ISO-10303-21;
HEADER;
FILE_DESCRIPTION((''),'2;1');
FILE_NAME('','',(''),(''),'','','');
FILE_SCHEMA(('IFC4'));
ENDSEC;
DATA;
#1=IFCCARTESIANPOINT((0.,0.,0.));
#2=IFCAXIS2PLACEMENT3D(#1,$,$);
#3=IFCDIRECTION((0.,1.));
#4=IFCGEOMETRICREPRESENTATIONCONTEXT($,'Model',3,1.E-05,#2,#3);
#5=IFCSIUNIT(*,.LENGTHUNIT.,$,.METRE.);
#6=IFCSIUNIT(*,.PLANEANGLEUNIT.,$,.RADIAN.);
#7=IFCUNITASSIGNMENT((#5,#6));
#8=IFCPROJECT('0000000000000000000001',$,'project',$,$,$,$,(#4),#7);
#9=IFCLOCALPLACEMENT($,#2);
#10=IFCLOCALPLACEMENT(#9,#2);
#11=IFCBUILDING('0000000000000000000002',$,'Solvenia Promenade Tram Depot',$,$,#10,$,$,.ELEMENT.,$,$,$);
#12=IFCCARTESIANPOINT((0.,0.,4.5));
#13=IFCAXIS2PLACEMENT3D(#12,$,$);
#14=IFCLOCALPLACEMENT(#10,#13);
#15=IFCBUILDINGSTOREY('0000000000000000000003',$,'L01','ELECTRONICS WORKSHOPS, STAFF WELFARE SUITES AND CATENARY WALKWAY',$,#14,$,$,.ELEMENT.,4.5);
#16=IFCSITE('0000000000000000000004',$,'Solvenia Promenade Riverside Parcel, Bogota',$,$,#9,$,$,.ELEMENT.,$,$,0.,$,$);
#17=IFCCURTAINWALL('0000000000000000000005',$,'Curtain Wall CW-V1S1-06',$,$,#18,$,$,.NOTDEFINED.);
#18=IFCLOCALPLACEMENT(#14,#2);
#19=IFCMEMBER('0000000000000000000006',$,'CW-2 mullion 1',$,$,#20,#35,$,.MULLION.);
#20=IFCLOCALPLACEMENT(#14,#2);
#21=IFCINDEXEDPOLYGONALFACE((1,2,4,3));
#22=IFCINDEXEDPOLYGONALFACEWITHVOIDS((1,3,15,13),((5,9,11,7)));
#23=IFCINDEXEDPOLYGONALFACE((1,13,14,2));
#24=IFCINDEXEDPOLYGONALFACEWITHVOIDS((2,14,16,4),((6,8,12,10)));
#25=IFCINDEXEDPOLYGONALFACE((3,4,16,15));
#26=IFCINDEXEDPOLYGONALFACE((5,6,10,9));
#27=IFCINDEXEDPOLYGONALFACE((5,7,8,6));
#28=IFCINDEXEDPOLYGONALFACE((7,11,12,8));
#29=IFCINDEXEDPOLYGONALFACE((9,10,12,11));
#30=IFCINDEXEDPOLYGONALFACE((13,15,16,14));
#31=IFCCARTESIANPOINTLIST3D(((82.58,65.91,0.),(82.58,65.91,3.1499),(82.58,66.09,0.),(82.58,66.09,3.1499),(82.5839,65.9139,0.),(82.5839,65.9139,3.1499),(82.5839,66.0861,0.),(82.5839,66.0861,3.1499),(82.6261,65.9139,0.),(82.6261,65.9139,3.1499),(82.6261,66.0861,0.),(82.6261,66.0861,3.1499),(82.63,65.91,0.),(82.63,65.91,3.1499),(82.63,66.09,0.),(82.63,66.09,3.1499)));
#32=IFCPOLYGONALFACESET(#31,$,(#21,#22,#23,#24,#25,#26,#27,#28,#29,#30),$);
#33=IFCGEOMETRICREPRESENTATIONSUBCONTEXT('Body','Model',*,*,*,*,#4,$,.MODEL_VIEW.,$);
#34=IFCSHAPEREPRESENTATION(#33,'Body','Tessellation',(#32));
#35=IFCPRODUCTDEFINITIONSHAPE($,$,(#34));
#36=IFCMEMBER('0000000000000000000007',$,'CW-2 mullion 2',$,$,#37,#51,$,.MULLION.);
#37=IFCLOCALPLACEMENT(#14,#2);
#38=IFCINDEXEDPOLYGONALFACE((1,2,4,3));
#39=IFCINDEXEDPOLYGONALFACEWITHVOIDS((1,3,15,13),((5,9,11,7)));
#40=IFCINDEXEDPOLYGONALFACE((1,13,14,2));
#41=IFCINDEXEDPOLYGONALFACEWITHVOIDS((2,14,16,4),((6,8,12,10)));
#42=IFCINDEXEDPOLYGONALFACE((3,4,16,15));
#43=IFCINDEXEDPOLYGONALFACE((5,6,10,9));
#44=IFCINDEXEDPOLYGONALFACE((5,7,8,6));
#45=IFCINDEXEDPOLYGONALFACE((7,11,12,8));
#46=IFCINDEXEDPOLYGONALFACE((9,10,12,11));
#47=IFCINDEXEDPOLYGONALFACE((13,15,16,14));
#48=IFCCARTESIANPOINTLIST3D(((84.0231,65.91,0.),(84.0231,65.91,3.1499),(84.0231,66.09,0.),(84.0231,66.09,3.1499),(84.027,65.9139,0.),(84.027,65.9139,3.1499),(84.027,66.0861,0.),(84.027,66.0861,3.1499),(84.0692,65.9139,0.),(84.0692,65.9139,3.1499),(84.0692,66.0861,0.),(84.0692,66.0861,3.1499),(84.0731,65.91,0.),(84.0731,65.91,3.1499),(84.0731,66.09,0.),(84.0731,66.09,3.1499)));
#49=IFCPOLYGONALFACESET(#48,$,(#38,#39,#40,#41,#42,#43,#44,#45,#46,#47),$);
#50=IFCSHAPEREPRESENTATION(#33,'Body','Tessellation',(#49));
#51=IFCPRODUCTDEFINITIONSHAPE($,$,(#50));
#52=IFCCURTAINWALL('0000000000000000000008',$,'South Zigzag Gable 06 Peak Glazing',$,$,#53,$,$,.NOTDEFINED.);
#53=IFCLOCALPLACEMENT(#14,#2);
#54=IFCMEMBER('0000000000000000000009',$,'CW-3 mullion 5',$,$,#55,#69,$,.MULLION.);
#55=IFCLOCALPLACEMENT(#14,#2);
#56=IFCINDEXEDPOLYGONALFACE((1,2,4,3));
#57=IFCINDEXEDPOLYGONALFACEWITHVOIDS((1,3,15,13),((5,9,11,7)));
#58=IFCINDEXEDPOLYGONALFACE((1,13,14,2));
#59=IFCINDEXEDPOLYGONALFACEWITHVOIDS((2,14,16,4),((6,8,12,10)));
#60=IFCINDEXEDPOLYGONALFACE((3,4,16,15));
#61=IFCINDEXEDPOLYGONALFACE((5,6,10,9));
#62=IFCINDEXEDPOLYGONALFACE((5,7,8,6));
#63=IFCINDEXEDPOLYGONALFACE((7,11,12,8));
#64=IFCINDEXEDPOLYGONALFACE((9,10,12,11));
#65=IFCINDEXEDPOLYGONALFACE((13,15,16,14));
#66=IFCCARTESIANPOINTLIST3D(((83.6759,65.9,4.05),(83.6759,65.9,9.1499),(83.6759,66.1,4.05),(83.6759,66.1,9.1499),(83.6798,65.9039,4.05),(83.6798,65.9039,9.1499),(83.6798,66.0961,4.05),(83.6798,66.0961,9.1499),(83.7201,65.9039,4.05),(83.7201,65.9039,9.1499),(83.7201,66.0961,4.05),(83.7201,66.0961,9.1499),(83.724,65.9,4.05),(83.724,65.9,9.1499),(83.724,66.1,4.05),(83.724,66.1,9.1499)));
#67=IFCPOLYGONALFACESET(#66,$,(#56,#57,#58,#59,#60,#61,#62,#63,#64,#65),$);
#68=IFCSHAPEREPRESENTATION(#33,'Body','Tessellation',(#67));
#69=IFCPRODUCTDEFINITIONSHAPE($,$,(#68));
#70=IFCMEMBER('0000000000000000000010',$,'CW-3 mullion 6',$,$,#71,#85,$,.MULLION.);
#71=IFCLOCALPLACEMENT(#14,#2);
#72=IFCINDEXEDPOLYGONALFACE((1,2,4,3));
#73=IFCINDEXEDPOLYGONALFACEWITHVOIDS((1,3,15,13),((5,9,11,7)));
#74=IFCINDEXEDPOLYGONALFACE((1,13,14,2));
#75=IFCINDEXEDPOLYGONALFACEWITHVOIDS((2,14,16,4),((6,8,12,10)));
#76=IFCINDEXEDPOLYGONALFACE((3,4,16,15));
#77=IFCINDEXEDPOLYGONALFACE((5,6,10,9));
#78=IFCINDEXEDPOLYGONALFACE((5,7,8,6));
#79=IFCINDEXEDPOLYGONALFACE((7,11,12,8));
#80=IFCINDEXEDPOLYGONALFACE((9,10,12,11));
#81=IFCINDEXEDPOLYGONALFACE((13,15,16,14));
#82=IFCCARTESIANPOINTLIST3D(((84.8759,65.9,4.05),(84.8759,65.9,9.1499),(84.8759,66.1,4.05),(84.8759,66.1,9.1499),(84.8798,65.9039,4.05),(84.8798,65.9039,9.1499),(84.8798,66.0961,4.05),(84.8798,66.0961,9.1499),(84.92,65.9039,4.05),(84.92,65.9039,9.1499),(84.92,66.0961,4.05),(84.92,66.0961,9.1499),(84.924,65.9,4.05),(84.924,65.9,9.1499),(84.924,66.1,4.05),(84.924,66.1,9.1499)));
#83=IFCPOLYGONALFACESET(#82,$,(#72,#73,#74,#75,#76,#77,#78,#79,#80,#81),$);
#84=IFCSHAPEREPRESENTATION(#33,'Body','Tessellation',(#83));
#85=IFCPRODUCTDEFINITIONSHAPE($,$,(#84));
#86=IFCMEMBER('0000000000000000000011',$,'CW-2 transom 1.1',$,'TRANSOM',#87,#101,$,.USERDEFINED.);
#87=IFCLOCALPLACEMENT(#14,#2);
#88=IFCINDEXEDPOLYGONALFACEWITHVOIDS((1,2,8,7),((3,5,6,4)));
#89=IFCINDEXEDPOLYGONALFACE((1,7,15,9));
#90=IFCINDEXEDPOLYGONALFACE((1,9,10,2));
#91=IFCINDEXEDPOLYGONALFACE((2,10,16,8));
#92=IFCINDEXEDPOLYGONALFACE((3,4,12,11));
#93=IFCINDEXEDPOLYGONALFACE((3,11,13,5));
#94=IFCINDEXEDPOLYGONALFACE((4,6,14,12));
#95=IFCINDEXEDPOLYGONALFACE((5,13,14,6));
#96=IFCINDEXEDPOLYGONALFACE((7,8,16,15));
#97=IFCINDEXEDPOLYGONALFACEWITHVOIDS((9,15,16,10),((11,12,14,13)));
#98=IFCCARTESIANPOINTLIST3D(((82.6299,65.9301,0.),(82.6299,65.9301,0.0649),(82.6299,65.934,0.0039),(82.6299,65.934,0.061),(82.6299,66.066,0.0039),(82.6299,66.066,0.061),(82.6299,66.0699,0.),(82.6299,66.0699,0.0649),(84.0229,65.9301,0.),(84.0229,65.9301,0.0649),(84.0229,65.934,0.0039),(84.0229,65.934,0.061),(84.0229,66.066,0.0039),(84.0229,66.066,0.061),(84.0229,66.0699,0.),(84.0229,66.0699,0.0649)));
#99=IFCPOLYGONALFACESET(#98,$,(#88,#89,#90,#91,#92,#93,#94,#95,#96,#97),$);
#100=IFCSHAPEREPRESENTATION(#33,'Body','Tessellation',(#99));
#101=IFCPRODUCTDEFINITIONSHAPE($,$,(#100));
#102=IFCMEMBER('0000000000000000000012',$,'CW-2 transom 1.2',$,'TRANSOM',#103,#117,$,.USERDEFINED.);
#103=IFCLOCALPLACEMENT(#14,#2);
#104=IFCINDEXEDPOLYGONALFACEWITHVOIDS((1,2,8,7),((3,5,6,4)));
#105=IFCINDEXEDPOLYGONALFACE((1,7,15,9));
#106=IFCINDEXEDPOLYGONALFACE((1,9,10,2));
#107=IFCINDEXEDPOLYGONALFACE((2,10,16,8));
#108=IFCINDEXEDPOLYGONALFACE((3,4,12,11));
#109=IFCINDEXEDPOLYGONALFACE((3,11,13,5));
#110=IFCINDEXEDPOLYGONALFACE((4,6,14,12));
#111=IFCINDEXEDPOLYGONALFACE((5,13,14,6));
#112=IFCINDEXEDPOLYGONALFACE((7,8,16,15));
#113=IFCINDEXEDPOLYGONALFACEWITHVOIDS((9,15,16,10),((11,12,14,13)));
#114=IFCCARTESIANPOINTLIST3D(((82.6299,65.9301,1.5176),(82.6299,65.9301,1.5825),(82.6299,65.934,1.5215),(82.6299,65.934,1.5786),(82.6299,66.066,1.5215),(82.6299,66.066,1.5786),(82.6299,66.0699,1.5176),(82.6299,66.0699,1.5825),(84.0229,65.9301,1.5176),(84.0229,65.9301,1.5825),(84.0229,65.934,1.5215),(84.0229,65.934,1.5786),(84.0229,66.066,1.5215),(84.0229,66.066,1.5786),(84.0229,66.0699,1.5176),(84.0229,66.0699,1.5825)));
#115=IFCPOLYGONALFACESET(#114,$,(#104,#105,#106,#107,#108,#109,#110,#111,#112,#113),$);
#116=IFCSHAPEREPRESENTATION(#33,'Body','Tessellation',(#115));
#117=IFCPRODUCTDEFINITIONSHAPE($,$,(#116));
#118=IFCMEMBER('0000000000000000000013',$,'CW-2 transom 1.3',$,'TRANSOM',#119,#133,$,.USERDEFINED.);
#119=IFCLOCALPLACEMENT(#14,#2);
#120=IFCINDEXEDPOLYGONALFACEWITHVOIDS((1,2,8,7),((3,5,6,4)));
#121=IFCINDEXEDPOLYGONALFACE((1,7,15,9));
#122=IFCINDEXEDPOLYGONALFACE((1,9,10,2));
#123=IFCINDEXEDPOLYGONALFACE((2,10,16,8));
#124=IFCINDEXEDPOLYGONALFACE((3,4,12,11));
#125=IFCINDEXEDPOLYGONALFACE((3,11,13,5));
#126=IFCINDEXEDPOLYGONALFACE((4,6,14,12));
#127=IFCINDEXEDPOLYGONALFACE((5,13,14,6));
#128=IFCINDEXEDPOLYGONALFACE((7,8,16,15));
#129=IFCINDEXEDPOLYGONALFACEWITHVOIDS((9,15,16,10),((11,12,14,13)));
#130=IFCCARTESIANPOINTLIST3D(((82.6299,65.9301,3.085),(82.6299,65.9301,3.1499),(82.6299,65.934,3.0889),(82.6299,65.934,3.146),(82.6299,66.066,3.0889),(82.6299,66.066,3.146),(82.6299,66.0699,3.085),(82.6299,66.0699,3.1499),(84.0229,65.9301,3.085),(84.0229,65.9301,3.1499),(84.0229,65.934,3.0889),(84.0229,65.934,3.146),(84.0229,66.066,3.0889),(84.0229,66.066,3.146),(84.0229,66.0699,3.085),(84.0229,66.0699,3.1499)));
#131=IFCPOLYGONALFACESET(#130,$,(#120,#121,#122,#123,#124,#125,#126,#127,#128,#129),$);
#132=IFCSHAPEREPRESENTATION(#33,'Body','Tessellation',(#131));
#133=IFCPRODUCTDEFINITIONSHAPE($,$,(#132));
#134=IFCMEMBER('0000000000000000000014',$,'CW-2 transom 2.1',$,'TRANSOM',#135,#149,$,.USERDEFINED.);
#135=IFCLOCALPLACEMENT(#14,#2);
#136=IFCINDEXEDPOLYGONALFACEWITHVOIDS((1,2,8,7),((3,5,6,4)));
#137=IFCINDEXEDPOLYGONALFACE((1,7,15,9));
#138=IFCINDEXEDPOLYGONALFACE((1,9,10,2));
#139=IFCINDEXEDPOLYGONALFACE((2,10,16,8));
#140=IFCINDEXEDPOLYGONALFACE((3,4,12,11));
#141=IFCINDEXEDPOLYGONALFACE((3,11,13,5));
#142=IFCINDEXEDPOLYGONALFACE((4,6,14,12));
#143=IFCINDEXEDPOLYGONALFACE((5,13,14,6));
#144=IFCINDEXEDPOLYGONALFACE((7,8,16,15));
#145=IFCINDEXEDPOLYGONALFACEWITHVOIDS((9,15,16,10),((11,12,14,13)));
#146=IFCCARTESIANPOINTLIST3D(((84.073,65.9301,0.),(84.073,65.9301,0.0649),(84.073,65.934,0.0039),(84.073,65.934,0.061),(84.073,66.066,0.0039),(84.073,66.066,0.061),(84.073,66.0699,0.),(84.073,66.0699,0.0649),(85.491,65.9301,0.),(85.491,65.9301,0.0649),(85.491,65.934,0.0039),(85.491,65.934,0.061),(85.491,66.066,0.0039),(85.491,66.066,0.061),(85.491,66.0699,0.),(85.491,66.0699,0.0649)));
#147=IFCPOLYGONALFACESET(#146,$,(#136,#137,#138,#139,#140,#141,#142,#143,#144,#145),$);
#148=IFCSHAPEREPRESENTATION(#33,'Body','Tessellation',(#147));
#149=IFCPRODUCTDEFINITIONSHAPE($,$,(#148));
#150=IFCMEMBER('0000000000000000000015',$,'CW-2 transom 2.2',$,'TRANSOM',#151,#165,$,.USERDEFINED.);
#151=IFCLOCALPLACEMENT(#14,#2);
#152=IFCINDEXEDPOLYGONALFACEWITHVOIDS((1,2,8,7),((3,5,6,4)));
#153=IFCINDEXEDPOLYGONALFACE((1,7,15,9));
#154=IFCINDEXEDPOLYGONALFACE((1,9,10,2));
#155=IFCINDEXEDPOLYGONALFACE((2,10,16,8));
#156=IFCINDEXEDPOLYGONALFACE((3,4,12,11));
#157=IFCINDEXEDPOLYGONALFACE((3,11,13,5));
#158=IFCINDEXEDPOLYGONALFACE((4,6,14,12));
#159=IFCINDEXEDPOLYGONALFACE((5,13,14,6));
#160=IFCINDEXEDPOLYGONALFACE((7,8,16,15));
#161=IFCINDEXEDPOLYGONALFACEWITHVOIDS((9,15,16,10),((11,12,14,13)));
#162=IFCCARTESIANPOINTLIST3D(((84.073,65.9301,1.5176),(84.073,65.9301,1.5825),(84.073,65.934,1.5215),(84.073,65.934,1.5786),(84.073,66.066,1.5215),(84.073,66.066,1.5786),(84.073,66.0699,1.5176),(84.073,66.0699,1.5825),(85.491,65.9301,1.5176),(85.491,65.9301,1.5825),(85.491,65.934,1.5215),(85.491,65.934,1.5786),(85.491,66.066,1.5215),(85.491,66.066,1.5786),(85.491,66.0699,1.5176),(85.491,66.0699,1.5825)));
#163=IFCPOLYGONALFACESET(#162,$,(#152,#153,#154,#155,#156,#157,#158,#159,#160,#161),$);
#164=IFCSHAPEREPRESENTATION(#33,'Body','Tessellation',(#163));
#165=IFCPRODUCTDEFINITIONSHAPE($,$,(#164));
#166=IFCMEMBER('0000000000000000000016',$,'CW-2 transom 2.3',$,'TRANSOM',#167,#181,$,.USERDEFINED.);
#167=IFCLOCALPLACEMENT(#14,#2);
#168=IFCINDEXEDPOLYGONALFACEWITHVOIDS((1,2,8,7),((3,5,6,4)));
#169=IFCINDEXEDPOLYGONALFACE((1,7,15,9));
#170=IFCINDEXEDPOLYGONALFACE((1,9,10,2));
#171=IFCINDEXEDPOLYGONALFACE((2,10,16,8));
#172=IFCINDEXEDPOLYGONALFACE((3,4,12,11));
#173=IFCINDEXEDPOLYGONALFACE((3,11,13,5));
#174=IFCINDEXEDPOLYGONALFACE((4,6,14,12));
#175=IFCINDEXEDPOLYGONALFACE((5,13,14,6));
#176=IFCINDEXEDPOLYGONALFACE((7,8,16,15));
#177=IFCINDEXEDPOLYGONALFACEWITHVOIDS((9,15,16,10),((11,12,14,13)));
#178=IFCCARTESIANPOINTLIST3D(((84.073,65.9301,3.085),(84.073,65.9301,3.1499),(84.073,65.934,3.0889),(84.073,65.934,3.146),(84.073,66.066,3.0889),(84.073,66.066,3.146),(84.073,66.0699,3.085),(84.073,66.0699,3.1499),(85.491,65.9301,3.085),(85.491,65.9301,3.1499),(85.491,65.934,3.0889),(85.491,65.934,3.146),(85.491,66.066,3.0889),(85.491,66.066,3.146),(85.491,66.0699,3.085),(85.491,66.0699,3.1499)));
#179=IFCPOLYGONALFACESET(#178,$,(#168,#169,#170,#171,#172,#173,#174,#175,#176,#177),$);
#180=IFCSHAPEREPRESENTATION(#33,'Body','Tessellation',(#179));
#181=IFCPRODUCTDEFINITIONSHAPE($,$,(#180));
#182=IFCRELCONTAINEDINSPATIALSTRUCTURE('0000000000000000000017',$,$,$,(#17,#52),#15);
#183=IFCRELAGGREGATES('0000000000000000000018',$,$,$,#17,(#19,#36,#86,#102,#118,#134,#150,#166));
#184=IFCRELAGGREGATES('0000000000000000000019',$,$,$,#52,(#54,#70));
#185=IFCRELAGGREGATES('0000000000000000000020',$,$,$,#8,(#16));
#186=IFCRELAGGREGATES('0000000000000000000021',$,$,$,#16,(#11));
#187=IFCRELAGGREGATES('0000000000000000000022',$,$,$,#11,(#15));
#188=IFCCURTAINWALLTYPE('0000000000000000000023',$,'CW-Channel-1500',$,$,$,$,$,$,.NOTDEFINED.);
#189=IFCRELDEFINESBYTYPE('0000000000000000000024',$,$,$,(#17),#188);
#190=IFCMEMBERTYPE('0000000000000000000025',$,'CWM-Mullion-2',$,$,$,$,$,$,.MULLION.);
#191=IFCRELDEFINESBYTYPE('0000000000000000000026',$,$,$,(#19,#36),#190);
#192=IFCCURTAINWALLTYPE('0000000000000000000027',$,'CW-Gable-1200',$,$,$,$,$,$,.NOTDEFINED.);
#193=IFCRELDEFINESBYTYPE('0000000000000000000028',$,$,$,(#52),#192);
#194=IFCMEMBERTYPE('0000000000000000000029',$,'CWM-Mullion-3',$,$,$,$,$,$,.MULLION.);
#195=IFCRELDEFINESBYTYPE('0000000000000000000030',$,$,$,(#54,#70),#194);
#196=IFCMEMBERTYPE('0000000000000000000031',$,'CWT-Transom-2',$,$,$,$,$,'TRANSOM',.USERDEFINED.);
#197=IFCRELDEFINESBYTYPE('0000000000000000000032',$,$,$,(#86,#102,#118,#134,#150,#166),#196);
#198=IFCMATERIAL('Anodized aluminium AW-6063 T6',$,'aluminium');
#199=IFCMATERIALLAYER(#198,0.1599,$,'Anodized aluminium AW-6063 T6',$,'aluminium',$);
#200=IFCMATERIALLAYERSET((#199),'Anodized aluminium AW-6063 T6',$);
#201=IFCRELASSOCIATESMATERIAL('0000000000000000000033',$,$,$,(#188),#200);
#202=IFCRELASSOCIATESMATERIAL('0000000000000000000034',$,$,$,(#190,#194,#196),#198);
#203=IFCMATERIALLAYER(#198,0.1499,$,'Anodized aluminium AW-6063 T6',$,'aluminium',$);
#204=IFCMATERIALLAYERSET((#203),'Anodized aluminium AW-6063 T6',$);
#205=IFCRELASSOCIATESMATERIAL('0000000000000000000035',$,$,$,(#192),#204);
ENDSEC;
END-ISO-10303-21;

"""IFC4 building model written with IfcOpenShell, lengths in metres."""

from ifc_helpers import new_model, si_unit, direction, frame, origin, origin_2d, place, context, subcontext, project, spatial, hollow_rectangle, extrude, material, layer, layer_set, material_profile, profile_set, type_object, element, aggregate, save


model = new_model("IFC4")

# Units and contexts
model_context = context("Model", 3, precision=1e-05, world=origin(), true_north=direction((0.0, 1.0)))
body_context = subcontext(model_context, "Body", "Model", "MODEL_VIEW")
ifc_project = project(units=[si_unit("LENGTHUNIT", "METRE"), si_unit("PLANEANGLEUNIT", "RADIAN")], contexts=[model_context])

# Site, building, storey
site_placement = place(None, origin())
site = spatial("IfcSite", under=ifc_project, at=site_placement, Name="Solvenia Promenade Riverside Parcel, Bogota", CompositionType="ELEMENT", RefElevation=0.0)
building_placement = place(site_placement, origin())
building = spatial("IfcBuilding", under=site, at=building_placement, Name="Solvenia Promenade Tram Depot", CompositionType="ELEMENT")
storey_placement = place(building_placement, frame((0.0, 0.0, 4.5)))
storey = spatial("IfcBuildingStorey", under=building, at=storey_placement, Name="L01", Description="ELECTRONICS WORKSHOPS, STAFF WELFARE SUITES AND CATENARY WALKWAY", CompositionType="ELEMENT", Elevation=4.5)

# Curtain walls, members
ifc_material_1 = material(Name="Anodized aluminium AW-6063 T6", Category="aluminium")
ifc_layer_1 = layer(ifc_material_1, 0.1599, Name="Anodized aluminium AW-6063 T6", Category="aluminium")
ifc_layer_set_1 = layer_set([ifc_layer_1], Name="Anodized aluminium AW-6063 T6")
curtain_wall_type_1 = type_object("IfcCurtainWallType", Name="CW-Channel-1500", PredefinedType="NOTDEFINED", material=ifc_layer_set_1)
curtain_wall_1_placement = place(storey_placement, origin())
curtain_wall_1 = element("IfcCurtainWall", 1, at=curtain_wall_1_placement, inside=storey, type_object=curtain_wall_type_1, Name="Curtain Wall CW-V1S1-06", PredefinedType="NOTDEFINED")
ifc_material_profile_1 = material_profile(ifc_material_1, hollow_rectangle(XDim=0.1799, YDim=0.05, WallThickness=0.0039, at=origin_2d()), Name="ALU-M2", Category="aluminium")
ifc_profile_set_1 = profile_set([ifc_material_profile_1], Name="Anodized aluminium AW-6063 T6")
member_type_1 = type_object("IfcMemberType", Name="CWM-Mullion-2", PredefinedType="MULLION", material=ifc_profile_set_1)
member_1_placement = place(storey_placement, frame((82.605, 66.0, 0.0), z_axis=(0.0, 0.0, 1.0), x_axis=(0.0, 1.0, 0.0)))
member_1 = element("IfcMember", 2, at=member_1_placement, type_object=member_type_1, Name="CW-2 mullion 1", PredefinedType="MULLION", context=body_context, shape_type="SweptSolid", body=[
    extrude(hollow_rectangle(XDim=0.1799, YDim=0.05, WallThickness=0.0039, at=origin_2d()), origin(), (0.0, 0.0, 1.0), 3.1499),
])
member_2_placement = place(storey_placement, frame((84.0481, 66.0, 0.0), z_axis=(0.0, 0.0, 1.0), x_axis=(0.0, 1.0, 0.0)))
member_2 = element("IfcMember", 3, at=member_2_placement, type_object=member_type_1, Name="CW-2 mullion 2", PredefinedType="MULLION", context=body_context, shape_type="SweptSolid", body=[
    extrude(hollow_rectangle(XDim=0.1799, YDim=0.05, WallThickness=0.0039, at=origin_2d()), origin(), (0.0, 0.0, 1.0), 3.1499),
])
ifc_layer_2 = layer(ifc_material_1, 0.1499, Name="Anodized aluminium AW-6063 T6", Category="aluminium")
ifc_layer_set_2 = layer_set([ifc_layer_2], Name="Anodized aluminium AW-6063 T6")
curtain_wall_type_2 = type_object("IfcCurtainWallType", Name="CW-Gable-1200", PredefinedType="NOTDEFINED", material=ifc_layer_set_2)
curtain_wall_2_placement = place(storey_placement, origin())
curtain_wall_2 = element("IfcCurtainWall", 4, at=curtain_wall_2_placement, inside=storey, type_object=curtain_wall_type_2, Name="South Zigzag Gable 06 Peak Glazing", PredefinedType="NOTDEFINED")
ifc_material_profile_2 = material_profile(ifc_material_1, hollow_rectangle(XDim=0.2, YDim=0.0481, WallThickness=0.0039, at=origin_2d()), Name="ALU-M3", Category="aluminium")
ifc_profile_set_2 = profile_set([ifc_material_profile_2], Name="Anodized aluminium AW-6063 T6")
member_type_2 = type_object("IfcMemberType", Name="CWM-Mullion-3", PredefinedType="MULLION", material=ifc_profile_set_2)
member_3_placement = place(storey_placement, frame((83.7, 66.0, 4.05), z_axis=(0.0, 0.0, 1.0), x_axis=(0.0, 1.0, 0.0)))
member_3 = element("IfcMember", 5, at=member_3_placement, type_object=member_type_2, Name="CW-3 mullion 5", PredefinedType="MULLION", context=body_context, shape_type="SweptSolid", body=[
    extrude(hollow_rectangle(XDim=0.2, YDim=0.0481, WallThickness=0.0039, at=origin_2d()), origin(), (0.0, 0.0, 1.0), 5.0999),
])
member_4_placement = place(storey_placement, frame((84.8999, 66.0, 4.05), z_axis=(0.0, 0.0, 1.0), x_axis=(0.0, 1.0, 0.0)))
member_4 = element("IfcMember", 6, at=member_4_placement, type_object=member_type_2, Name="CW-3 mullion 6", PredefinedType="MULLION", context=body_context, shape_type="SweptSolid", body=[
    extrude(hollow_rectangle(XDim=0.2, YDim=0.0481, WallThickness=0.0039, at=origin_2d()), origin(), (0.0, 0.0, 1.0), 5.0999),
])

# Members
ifc_material_profile_3 = material_profile(ifc_material_1, hollow_rectangle(XDim=0.1399, YDim=0.0649, WallThickness=0.0039, at=origin_2d()), Name="ALU-T2", Category="aluminium")
ifc_profile_set_3 = profile_set([ifc_material_profile_3], Name="Anodized aluminium AW-6063 T6")
member_type_3 = type_object("IfcMemberType", Name="CWT-Transom-2", ElementType="TRANSOM", PredefinedType="USERDEFINED", material=ifc_profile_set_3)
member_5_placement = place(storey_placement, frame((82.6299, 66.0, 0.0325), z_axis=(1.0, 0.0, 0.0), x_axis=(0.0, 1.0, 0.0)))
member_5 = element("IfcMember", 7, at=member_5_placement, type_object=member_type_3, Name="CW-2 transom 1.1", ObjectType="TRANSOM", PredefinedType="USERDEFINED", context=body_context, shape_type="SweptSolid", body=[
    extrude(hollow_rectangle(XDim=0.1399, YDim=0.0649, WallThickness=0.0039, at=origin_2d()), origin(), (0.0, 0.0, 1.0), 1.3931),
])
member_6_placement = place(storey_placement, frame((82.6299, 66.0, 1.55), z_axis=(1.0, 0.0, 0.0), x_axis=(0.0, 1.0, 0.0)))
member_6 = element("IfcMember", 8, at=member_6_placement, type_object=member_type_3, Name="CW-2 transom 1.2", ObjectType="TRANSOM", PredefinedType="USERDEFINED", context=body_context, shape_type="SweptSolid", body=[
    extrude(hollow_rectangle(XDim=0.1399, YDim=0.0649, WallThickness=0.0039, at=origin_2d()), origin(), (0.0, 0.0, 1.0), 1.3931),
])
member_7_placement = place(storey_placement, frame((82.6299, 66.0, 3.1174), z_axis=(1.0, 0.0, 0.0), x_axis=(0.0, 1.0, 0.0)))
member_7 = element("IfcMember", 9, at=member_7_placement, type_object=member_type_3, Name="CW-2 transom 1.3", ObjectType="TRANSOM", PredefinedType="USERDEFINED", context=body_context, shape_type="SweptSolid", body=[
    extrude(hollow_rectangle(XDim=0.1399, YDim=0.0649, WallThickness=0.0039, at=origin_2d()), origin(), (0.0, 0.0, 1.0), 1.3931),
])
member_8_placement = place(storey_placement, frame((84.073, 66.0, 0.0325), z_axis=(1.0, 0.0, 0.0), x_axis=(0.0, 1.0, 0.0)))
member_8 = element("IfcMember", 10, at=member_8_placement, type_object=member_type_3, Name="CW-2 transom 2.1", ObjectType="TRANSOM", PredefinedType="USERDEFINED", context=body_context, shape_type="SweptSolid", body=[
    extrude(hollow_rectangle(XDim=0.1399, YDim=0.0649, WallThickness=0.0039, at=origin_2d()), origin(), (0.0, 0.0, 1.0), 1.418),
])
member_9_placement = place(storey_placement, frame((84.073, 66.0, 1.55), z_axis=(1.0, 0.0, 0.0), x_axis=(0.0, 1.0, 0.0)))
member_9 = element("IfcMember", 11, at=member_9_placement, type_object=member_type_3, Name="CW-2 transom 2.2", ObjectType="TRANSOM", PredefinedType="USERDEFINED", context=body_context, shape_type="SweptSolid", body=[
    extrude(hollow_rectangle(XDim=0.1399, YDim=0.0649, WallThickness=0.0039, at=origin_2d()), origin(), (0.0, 0.0, 1.0), 1.418),
])
member_10_placement = place(storey_placement, frame((84.073, 66.0, 3.1174), z_axis=(1.0, 0.0, 0.0), x_axis=(0.0, 1.0, 0.0)))
member_10 = element("IfcMember", 12, at=member_10_placement, type_object=member_type_3, Name="CW-2 transom 2.3", ObjectType="TRANSOM", PredefinedType="USERDEFINED", context=body_context, shape_type="SweptSolid", body=[
    extrude(hollow_rectangle(XDim=0.1399, YDim=0.0649, WallThickness=0.0039, at=origin_2d()), origin(), (0.0, 0.0, 1.0), 1.418),
])

aggregate(curtain_wall_1, [member_1, member_2, member_5, member_6, member_7, member_8, member_9, member_10])
aggregate(curtain_wall_2, [member_3, member_4])

save(model, "model.ifc")
